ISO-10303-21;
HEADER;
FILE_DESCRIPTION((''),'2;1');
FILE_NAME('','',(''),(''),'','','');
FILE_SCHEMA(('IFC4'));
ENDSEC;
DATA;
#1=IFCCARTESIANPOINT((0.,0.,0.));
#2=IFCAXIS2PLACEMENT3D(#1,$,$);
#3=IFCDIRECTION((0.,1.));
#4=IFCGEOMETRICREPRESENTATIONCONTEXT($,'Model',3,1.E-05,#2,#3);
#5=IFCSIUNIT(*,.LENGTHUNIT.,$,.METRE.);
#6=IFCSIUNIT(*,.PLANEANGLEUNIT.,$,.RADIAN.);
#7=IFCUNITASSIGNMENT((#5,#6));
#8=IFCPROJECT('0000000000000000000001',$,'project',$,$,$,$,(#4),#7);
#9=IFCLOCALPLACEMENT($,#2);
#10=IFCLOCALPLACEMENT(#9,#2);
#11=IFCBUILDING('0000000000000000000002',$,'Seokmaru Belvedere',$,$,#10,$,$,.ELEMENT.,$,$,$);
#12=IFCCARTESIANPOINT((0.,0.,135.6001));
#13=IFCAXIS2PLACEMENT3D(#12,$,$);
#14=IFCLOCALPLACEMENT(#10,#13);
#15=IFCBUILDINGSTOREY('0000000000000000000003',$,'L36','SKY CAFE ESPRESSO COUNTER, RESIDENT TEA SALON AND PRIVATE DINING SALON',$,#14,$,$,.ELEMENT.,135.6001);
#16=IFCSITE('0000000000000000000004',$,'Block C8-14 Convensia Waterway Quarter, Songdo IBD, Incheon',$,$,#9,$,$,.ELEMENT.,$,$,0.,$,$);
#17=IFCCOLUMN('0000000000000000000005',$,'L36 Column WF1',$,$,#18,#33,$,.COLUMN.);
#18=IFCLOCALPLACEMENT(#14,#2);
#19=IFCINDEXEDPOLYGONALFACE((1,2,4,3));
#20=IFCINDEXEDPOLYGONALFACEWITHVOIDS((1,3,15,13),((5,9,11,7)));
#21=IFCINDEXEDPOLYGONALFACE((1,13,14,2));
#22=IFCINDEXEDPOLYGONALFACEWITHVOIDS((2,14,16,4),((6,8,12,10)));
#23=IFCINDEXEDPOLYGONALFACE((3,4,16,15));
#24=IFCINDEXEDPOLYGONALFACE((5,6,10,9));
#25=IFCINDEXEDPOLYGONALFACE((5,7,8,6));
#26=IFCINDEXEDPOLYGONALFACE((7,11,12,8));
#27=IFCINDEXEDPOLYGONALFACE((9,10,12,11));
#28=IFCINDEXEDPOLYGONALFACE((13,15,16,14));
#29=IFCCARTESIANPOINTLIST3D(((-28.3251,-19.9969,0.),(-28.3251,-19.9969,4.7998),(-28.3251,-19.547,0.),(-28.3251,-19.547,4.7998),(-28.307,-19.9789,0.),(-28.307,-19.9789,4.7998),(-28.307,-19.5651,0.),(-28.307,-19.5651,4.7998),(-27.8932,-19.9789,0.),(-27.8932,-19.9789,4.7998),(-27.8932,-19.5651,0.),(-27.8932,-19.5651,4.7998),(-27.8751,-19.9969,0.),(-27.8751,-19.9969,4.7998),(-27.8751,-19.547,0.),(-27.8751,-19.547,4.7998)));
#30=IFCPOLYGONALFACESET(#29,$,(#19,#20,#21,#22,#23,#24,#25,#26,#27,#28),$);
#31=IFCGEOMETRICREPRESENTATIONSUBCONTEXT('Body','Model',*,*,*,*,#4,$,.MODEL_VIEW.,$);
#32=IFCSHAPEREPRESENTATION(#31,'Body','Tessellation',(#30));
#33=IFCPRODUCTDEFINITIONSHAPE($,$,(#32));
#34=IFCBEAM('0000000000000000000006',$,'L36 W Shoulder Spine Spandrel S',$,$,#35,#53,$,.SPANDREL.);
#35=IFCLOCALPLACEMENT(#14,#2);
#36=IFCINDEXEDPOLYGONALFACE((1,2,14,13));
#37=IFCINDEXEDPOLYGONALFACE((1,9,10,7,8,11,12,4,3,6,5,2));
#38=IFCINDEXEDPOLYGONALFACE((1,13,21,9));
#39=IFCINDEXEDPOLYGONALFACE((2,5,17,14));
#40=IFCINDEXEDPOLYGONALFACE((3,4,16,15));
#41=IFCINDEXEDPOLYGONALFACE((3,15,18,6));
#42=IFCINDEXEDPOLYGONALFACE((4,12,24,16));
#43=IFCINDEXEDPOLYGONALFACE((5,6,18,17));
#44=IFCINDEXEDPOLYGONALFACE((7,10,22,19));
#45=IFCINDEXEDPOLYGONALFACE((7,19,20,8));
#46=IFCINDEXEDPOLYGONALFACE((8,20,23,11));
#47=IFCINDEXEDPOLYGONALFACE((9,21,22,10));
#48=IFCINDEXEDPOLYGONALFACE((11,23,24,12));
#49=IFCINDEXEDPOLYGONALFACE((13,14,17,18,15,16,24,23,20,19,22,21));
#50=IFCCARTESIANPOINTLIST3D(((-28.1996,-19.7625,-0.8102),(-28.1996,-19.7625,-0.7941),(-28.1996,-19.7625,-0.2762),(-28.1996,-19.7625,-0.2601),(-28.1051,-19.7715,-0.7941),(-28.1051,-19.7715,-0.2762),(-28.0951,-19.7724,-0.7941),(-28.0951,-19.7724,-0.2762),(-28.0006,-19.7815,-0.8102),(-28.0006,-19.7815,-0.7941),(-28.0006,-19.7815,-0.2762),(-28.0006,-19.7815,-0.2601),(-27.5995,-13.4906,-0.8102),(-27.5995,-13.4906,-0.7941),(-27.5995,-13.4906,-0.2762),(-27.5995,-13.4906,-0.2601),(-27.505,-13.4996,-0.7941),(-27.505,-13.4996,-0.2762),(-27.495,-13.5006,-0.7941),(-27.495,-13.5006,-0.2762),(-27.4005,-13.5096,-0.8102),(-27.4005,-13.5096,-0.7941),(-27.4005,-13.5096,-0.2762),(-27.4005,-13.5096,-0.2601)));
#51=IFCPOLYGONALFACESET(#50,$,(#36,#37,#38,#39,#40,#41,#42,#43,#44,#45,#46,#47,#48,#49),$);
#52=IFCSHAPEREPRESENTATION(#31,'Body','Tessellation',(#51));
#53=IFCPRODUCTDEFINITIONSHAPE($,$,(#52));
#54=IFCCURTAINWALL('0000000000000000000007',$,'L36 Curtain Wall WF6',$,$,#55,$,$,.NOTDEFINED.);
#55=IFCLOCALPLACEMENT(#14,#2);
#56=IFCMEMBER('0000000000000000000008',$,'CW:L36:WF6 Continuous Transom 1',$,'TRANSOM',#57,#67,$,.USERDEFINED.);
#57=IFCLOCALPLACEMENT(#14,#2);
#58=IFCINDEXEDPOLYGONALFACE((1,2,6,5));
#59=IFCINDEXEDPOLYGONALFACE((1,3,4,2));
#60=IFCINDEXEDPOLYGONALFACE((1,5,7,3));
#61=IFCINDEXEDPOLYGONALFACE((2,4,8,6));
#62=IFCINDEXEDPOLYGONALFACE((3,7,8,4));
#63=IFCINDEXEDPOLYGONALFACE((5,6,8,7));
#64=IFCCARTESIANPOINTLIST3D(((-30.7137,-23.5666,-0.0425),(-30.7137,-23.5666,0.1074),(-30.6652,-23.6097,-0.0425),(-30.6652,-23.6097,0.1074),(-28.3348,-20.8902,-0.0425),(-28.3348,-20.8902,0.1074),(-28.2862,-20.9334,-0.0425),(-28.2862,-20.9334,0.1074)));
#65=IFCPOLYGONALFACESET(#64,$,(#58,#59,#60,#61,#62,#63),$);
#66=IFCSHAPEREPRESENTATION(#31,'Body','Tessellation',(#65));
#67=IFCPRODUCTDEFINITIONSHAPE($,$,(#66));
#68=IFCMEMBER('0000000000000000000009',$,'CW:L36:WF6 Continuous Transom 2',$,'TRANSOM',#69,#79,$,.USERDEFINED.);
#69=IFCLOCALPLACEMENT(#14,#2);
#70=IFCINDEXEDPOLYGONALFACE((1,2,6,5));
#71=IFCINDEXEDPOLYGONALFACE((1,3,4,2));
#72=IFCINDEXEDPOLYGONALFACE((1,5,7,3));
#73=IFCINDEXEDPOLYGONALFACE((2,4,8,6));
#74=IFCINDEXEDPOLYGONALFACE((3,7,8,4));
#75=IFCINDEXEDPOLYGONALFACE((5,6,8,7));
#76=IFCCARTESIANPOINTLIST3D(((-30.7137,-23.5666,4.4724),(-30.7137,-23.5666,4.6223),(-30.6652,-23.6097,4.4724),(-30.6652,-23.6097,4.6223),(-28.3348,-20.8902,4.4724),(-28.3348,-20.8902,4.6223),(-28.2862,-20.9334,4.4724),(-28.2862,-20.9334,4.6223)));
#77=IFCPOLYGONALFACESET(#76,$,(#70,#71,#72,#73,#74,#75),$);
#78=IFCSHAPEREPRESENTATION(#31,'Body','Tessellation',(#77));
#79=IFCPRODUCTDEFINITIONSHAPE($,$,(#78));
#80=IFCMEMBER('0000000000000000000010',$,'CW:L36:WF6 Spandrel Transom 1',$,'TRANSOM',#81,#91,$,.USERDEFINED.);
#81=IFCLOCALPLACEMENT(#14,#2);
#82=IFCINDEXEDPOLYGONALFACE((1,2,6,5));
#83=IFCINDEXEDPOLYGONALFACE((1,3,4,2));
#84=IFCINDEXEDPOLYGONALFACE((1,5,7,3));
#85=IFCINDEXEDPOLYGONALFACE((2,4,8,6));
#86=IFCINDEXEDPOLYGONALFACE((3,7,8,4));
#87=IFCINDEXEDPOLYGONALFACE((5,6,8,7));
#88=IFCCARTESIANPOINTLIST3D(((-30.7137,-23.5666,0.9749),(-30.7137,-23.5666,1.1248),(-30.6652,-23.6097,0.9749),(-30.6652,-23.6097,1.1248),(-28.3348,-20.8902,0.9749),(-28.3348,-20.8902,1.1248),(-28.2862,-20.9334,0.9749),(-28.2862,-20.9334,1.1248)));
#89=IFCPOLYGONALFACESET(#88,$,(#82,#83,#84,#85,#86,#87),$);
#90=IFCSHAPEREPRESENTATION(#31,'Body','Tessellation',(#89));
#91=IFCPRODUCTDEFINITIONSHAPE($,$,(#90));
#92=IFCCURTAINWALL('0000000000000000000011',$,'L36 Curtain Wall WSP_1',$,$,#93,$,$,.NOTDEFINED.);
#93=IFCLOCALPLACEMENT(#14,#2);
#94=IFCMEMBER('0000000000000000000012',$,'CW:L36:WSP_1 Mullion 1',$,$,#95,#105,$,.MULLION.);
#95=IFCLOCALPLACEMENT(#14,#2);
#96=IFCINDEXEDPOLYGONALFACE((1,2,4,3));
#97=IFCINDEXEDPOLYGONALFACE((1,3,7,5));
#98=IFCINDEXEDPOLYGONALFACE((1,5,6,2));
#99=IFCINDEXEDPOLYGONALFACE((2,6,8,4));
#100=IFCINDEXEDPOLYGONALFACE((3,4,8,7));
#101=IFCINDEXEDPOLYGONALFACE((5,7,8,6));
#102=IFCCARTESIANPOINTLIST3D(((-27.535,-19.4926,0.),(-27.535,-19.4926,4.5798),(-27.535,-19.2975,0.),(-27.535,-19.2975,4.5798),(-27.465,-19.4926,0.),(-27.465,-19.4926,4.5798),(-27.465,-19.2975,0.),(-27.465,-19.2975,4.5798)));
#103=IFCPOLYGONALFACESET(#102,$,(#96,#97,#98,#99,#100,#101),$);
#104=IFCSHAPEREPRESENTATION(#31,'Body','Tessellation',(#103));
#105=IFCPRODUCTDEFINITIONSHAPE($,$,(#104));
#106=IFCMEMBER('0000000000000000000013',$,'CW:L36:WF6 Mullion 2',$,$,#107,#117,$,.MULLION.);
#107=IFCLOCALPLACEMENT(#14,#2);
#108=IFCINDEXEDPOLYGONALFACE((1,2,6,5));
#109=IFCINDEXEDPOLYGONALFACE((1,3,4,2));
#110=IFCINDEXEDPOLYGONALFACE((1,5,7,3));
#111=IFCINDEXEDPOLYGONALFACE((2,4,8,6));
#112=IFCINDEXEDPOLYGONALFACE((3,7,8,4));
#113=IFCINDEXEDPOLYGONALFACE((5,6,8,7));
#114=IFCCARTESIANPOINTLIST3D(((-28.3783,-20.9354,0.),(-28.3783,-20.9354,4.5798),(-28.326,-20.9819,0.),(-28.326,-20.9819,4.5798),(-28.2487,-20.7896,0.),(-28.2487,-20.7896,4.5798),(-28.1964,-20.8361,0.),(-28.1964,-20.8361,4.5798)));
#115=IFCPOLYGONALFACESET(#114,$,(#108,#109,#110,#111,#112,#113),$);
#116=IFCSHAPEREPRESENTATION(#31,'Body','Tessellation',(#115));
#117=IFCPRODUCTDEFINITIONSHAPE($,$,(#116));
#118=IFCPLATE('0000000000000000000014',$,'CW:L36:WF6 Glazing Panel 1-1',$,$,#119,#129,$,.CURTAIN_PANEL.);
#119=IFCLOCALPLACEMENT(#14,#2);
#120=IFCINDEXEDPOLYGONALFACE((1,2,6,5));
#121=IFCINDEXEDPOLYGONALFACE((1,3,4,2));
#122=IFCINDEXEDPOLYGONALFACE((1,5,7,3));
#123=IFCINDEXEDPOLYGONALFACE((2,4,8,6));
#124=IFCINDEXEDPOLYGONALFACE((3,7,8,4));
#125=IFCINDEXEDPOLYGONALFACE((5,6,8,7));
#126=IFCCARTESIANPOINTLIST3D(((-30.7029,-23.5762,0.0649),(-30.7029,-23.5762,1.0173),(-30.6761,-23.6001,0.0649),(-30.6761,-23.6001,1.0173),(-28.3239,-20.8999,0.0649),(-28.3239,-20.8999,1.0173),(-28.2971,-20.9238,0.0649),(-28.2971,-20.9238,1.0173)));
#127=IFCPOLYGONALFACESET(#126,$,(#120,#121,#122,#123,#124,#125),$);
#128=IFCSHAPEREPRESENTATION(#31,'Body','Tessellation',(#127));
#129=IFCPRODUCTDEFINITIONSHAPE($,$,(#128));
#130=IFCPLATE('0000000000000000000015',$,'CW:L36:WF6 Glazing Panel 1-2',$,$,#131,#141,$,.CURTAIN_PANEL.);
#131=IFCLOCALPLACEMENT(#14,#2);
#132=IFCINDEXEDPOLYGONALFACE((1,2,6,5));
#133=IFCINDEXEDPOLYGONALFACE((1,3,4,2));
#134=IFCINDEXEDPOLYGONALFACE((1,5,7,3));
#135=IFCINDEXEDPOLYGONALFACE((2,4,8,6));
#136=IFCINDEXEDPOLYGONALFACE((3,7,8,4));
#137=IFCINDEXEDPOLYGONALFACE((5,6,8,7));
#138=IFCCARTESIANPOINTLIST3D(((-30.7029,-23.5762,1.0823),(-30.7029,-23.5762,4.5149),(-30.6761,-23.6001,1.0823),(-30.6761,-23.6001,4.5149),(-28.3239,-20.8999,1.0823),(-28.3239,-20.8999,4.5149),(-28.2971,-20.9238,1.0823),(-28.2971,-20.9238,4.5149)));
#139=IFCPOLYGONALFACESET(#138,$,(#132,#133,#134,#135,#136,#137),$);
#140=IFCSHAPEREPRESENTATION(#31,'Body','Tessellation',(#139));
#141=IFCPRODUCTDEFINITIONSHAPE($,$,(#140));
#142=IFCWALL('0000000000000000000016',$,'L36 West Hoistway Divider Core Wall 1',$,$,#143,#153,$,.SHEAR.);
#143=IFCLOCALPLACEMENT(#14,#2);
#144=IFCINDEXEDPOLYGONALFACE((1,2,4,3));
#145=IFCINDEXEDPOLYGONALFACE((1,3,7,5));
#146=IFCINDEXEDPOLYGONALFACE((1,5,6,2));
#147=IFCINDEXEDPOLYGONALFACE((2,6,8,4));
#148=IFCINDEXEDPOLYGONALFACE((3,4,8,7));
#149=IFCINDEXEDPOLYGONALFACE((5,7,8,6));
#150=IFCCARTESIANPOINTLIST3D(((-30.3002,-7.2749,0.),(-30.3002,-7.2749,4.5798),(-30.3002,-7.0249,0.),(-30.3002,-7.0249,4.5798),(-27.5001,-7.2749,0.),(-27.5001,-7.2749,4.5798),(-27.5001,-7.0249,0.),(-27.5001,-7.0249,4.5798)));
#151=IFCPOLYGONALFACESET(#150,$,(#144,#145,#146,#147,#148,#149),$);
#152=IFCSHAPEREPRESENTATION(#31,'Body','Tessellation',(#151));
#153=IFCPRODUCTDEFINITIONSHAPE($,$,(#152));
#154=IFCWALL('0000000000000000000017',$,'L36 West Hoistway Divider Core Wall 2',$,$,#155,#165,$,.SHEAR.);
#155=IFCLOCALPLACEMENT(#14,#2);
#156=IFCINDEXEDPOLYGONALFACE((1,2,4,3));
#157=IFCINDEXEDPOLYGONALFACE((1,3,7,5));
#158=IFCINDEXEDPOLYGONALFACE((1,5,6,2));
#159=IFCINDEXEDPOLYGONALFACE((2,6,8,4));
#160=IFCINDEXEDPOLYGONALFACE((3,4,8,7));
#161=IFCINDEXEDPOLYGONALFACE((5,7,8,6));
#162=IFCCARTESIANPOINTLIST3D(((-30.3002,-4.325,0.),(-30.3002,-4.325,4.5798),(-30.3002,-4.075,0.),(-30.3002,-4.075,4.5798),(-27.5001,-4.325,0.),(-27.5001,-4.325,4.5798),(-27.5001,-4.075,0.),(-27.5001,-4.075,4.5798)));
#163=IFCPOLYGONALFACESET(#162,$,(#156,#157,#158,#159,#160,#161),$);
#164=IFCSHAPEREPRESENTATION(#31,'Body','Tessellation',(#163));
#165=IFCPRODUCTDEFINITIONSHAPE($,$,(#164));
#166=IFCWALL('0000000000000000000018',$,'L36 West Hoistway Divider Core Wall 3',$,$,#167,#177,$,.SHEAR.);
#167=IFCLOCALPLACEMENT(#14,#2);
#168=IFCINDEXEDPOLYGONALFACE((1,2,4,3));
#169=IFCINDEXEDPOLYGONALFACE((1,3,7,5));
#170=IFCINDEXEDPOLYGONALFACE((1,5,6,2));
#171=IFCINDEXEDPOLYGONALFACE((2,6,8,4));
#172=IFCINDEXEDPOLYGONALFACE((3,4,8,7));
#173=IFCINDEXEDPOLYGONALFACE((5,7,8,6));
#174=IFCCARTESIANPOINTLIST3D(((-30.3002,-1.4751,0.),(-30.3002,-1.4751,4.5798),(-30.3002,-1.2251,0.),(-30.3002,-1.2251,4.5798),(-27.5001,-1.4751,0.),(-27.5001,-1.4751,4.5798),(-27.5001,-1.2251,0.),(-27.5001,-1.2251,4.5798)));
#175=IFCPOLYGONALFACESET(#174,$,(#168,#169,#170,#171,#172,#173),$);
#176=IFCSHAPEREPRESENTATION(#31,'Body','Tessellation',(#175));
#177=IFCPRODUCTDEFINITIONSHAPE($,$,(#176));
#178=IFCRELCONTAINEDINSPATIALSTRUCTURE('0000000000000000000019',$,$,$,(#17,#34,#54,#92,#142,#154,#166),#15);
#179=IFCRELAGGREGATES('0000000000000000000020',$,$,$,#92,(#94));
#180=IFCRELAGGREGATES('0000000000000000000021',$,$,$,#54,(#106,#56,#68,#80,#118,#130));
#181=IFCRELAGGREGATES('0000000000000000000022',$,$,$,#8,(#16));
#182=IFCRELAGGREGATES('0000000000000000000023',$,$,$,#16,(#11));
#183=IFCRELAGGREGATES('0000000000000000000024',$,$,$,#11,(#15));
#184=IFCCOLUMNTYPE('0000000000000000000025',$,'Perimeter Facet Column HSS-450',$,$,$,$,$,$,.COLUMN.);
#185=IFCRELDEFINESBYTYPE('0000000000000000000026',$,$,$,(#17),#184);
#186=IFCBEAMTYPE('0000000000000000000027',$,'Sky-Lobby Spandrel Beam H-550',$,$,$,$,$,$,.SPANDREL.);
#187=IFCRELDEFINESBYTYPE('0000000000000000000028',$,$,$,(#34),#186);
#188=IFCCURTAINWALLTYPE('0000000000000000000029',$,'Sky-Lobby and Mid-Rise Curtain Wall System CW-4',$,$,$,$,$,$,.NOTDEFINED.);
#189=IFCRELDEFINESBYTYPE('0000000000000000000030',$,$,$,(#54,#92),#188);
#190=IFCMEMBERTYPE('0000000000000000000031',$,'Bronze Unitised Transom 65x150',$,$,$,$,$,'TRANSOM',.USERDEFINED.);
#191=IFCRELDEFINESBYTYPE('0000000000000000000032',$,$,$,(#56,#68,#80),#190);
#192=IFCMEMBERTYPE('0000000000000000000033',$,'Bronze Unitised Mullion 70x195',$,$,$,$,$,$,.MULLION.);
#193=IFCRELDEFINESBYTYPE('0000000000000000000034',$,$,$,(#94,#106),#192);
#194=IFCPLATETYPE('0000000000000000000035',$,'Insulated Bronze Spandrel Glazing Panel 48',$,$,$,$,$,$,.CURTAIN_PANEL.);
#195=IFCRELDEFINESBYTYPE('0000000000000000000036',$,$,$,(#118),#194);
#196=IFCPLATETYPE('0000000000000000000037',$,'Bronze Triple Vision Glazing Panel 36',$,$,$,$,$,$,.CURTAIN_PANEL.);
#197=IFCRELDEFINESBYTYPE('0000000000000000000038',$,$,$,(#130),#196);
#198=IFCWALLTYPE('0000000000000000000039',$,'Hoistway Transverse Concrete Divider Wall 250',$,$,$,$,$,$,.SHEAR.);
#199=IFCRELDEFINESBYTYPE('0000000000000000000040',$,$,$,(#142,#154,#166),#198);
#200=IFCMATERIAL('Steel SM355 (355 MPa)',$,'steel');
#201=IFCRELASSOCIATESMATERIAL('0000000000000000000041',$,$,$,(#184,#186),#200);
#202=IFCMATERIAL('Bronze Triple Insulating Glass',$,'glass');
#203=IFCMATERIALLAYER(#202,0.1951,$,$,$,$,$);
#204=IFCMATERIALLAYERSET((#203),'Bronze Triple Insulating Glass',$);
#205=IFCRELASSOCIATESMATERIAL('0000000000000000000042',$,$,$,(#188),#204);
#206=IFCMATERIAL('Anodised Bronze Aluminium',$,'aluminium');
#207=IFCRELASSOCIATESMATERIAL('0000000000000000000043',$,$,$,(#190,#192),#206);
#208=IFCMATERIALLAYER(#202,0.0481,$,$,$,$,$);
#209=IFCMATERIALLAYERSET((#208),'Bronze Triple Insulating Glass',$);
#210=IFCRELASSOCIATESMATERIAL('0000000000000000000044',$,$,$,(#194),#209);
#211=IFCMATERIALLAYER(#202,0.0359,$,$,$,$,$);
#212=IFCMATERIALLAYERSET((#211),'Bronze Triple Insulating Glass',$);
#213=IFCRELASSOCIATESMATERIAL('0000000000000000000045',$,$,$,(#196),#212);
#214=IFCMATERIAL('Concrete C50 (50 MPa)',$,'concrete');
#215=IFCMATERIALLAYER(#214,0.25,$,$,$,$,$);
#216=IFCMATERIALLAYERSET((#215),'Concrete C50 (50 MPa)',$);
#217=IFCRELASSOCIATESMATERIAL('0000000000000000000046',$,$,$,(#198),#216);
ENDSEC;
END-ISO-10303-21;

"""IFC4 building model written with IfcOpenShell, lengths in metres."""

from ifc_helpers import new_model, si_unit, direction, frame, frame_2d, origin, origin_2d, place, context, subcontext, project, spatial, rectangle, hollow_rectangle, i_section, extrude, source, transform, mapped, material, layer, layer_set, material_profile, profile_set, type_object, type_shapes, element, aggregate, save


model = new_model("IFC4")

# Units and contexts
model_context = context("Model", 3, precision=1e-05, world=origin(), true_north=direction((0.0, 1.0)))
body_context = subcontext(model_context, "Body", "Model", "MODEL_VIEW")
ifc_project = project(units=[si_unit("LENGTHUNIT", "METRE"), si_unit("PLANEANGLEUNIT", "RADIAN")], contexts=[model_context])

# Site, building, storey
site_placement = place(None, origin())
site = spatial("IfcSite", under=ifc_project, at=site_placement, Name="Block C8-14 Convensia Waterway Quarter, Songdo IBD, Incheon", CompositionType="ELEMENT", RefElevation=0.0)
building_placement = place(site_placement, origin())
building = spatial("IfcBuilding", under=site, at=building_placement, Name="Seokmaru Belvedere", CompositionType="ELEMENT")
storey_placement = place(building_placement, frame((0.0, 0.0, 135.6001)))
storey = spatial("IfcBuildingStorey", under=building, at=storey_placement, Name="L36", Description="SKY CAFE ESPRESSO COUNTER, RESIDENT TEA SALON AND PRIVATE DINING SALON", CompositionType="ELEMENT", Elevation=135.6001)

# Column
ifc_material_1 = material(Name="Steel SM355 (355 MPa)", Category="steel")
ifc_material_profile_1 = material_profile(ifc_material_1, hollow_rectangle(XDim=0.45, YDim=0.45, WallThickness=0.0181, at=origin_2d()), Name="HSS-450x450x18")
ifc_profile_set_1 = profile_set([ifc_material_profile_1], Name="Steel SM355 (355 MPa)")
column_type = type_object("IfcColumnType", Name="Perimeter Facet Column HSS-450", PredefinedType="COLUMN", material=ifc_profile_set_1)
shared_shape_1 = source(origin(), body_context, "Body", "SweptSolid", [
    extrude(hollow_rectangle(XDim=0.45, YDim=0.45, WallThickness=0.0181, at=origin_2d()), origin(), (0.0, 0.0, 1.0), 4.7998),
])
type_shapes(column_type, [shared_shape_1])
column_placement = place(storey_placement, frame((-28.1001, -19.772, 0.0), z_axis=(0.0, 0.0, 1.0), x_axis=(1.0, 0.0, 0.0)))
element("IfcColumn", 1, at=column_placement, inside=storey, type_object=column_type, Name="L36 Column WF1", PredefinedType="COLUMN", context=body_context, shape_type="MappedRepresentation", body=[
    mapped(shared_shape_1, transform((0.0, 0.0, 0.0), scale=1.0)),
])

# Beam
ifc_material_profile_2 = material_profile(ifc_material_1, i_section(OverallWidth=0.2, OverallDepth=0.55, WebThickness=0.01, FlangeThickness=0.0161, at=origin_2d()), Name="H-550x200x10x16")
ifc_profile_set_2 = profile_set([ifc_material_profile_2], Name="Steel SM355 (355 MPa)")
beam_type = type_object("IfcBeamType", Name="Sky-Lobby Spandrel Beam H-550", PredefinedType="SPANDREL", material=ifc_profile_set_2)
shared_shape_2 = source(origin(), body_context, "Body", "SweptSolid", [
    extrude(i_section(OverallWidth=0.2, OverallDepth=0.55, WebThickness=0.01, FlangeThickness=0.0161, at=origin_2d()), origin(), (0.0, 0.0, 1.0), 6.3005),
])
type_shapes(beam_type, [shared_shape_2])
beam_placement = place(storey_placement, frame((-28.1001, -19.772, -0.5352), z_axis=(0.095244, 0.995454, 0.0), x_axis=(-0.995454, 0.095244, 0.0)))
element("IfcBeam", 2, at=beam_placement, inside=storey, type_object=beam_type, Name="L36 W Shoulder Spine Spandrel S", PredefinedType="SPANDREL", context=body_context, shape_type="MappedRepresentation", body=[
    mapped(shared_shape_2, transform((0.0, 0.0, 0.0), scale=1.0)),
])

# Curtain wall, members
ifc_material_2 = material(Name="Bronze Triple Insulating Glass", Category="glass")
ifc_layer_1 = layer(ifc_material_2, 0.1951)
ifc_layer_set_1 = layer_set([ifc_layer_1], Name="Bronze Triple Insulating Glass")
curtain_wall_type = type_object("IfcCurtainWallType", Name="Sky-Lobby and Mid-Rise Curtain Wall System CW-4", PredefinedType="NOTDEFINED", material=ifc_layer_set_1)
curtain_wall_1_placement = place(storey_placement, origin())
curtain_wall_1 = element("IfcCurtainWall", 3, at=curtain_wall_1_placement, inside=storey, type_object=curtain_wall_type, Name="L36 Curtain Wall WF6", PredefinedType="NOTDEFINED")
ifc_material_3 = material(Name="Anodised Bronze Aluminium", Category="aluminium")
ifc_material_profile_3 = material_profile(ifc_material_3, rectangle(XDim=0.0649, YDim=0.1499, at=origin_2d()), Name="CW-T-65x150")
ifc_profile_set_3 = profile_set([ifc_material_profile_3], Name="Anodised Bronze Aluminium")
member_type_1 = type_object("IfcMemberType", Name="Bronze Unitised Transom 65x150", ElementType="TRANSOM", PredefinedType="USERDEFINED", material=ifc_profile_set_3)
shared_shape_3 = source(origin(), body_context, "Body", "SweptSolid", [
    extrude(rectangle(XDim=0.0649, YDim=0.1499, at=origin_2d()), origin(), (0.0, 0.0, 1.0), 3.5808),
])
type_shapes(member_type_1, [shared_shape_3])
member_1_placement = place(storey_placement, frame((-30.6895, -23.5881, 0.0325), z_axis=(0.664364, 0.747409, 0.0), x_axis=(-0.747409, 0.664364, 0.0)))
member_1 = element("IfcMember", 4, at=member_1_placement, type_object=member_type_1, Name="CW:L36:WF6 Continuous Transom 1", ObjectType="TRANSOM", PredefinedType="USERDEFINED", context=body_context, shape_type="MappedRepresentation", body=[
    mapped(shared_shape_3, transform((0.0, 0.0, 0.0), scale=1.0)),
])
member_2_placement = place(storey_placement, frame((-30.6895, -23.5881, 4.5474), z_axis=(0.664364, 0.747409, 0.0), x_axis=(-0.747409, 0.664364, 0.0)))
member_2 = element("IfcMember", 5, at=member_2_placement, type_object=member_type_1, Name="CW:L36:WF6 Continuous Transom 2", ObjectType="TRANSOM", PredefinedType="USERDEFINED", context=body_context, shape_type="MappedRepresentation", body=[
    mapped(shared_shape_3, transform((0.0, 0.0, 0.0), scale=1.0)),
])
member_3_placement = place(storey_placement, frame((-30.6895, -23.5881, 1.0498), z_axis=(0.664364, 0.747409, 0.0), x_axis=(-0.747409, 0.664364, 0.0)))
member_3 = element("IfcMember", 6, at=member_3_placement, type_object=member_type_1, Name="CW:L36:WF6 Spandrel Transom 1", ObjectType="TRANSOM", PredefinedType="USERDEFINED", context=body_context, shape_type="MappedRepresentation", body=[
    mapped(shared_shape_3, transform((0.0, 0.0, 0.0), scale=1.0)),
])

# Curtain wall, member
curtain_wall_2_placement = place(storey_placement, origin())
curtain_wall_2 = element("IfcCurtainWall", 7, at=curtain_wall_2_placement, inside=storey, type_object=curtain_wall_type, Name="L36 Curtain Wall WSP_1", PredefinedType="NOTDEFINED")
ifc_material_profile_4 = material_profile(ifc_material_3, rectangle(XDim=0.0701, YDim=0.1951, at=origin_2d()), Name="CW-M-70x195")
ifc_profile_set_4 = profile_set([ifc_material_profile_4], Name="Anodised Bronze Aluminium")
member_type_2 = type_object("IfcMemberType", Name="Bronze Unitised Mullion 70x195", PredefinedType="MULLION", material=ifc_profile_set_4)
shared_shape_4 = source(origin(), body_context, "Body", "SweptSolid", [
    extrude(rectangle(XDim=0.0701, YDim=0.1951, at=origin_2d()), origin(), (0.0, 0.0, 1.0), 4.5798),
])
type_shapes(member_type_2, [shared_shape_4])
member_4_placement = place(storey_placement, frame((-27.5, -19.395, 0.0), z_axis=(0.0, 0.0, 1.0), x_axis=(-1.0, 0.0, 0.0)))
member_4 = element("IfcMember", 8, at=member_4_placement, type_object=member_type_2, Name="CW:L36:WSP_1 Mullion 1", PredefinedType="MULLION", context=body_context, shape_type="MappedRepresentation", body=[
    mapped(shared_shape_4, transform((0.0, 0.0, 0.0), scale=1.0)),
])
aggregate(curtain_wall_2, [member_4])

# Member
member_5_placement = place(storey_placement, frame((-28.2874, -20.8857, 0.0), z_axis=(0.0, 0.0, 1.0), x_axis=(-0.74741, 0.664363, 0.0)))
member_5 = element("IfcMember", 9, at=member_5_placement, type_object=member_type_2, Name="CW:L36:WF6 Mullion 2", PredefinedType="MULLION", context=body_context, shape_type="MappedRepresentation", body=[
    mapped(shared_shape_4, transform((0.0, 0.0, 0.0), scale=1.0)),
])

# Plates
ifc_layer_2 = layer(ifc_material_2, 0.0481)
ifc_layer_set_2 = layer_set([ifc_layer_2], Name="Bronze Triple Insulating Glass")
plate_type_1 = type_object("IfcPlateType", Name="Insulated Bronze Spandrel Glazing Panel 48", PredefinedType="CURTAIN_PANEL", material=ifc_layer_set_2)
shared_shape_5 = source(origin(), body_context, "Body", "SweptSolid", [
    extrude(rectangle(XDim=3.5808, YDim=0.0359, at=origin_2d()), origin(), (0.0, 0.0, 1.0), 0.9524),
])
type_shapes(plate_type_1, [shared_shape_5])
plate_1_placement = place(storey_placement, frame((-29.5, -22.25, 0.0649), z_axis=(0.0, 0.0, 1.0), x_axis=(0.664363, 0.74741, 0.0)))
plate_1 = element("IfcPlate", 10, at=plate_1_placement, type_object=plate_type_1, Name="CW:L36:WF6 Glazing Panel 1-1", PredefinedType="CURTAIN_PANEL", context=body_context, shape_type="MappedRepresentation", body=[
    mapped(shared_shape_5, transform((0.0, 0.0, 0.0), scale=1.0)),
])
ifc_layer_3 = layer(ifc_material_2, 0.0359)
ifc_layer_set_3 = layer_set([ifc_layer_3], Name="Bronze Triple Insulating Glass")
plate_type_2 = type_object("IfcPlateType", Name="Bronze Triple Vision Glazing Panel 36", PredefinedType="CURTAIN_PANEL", material=ifc_layer_set_3)
shared_shape_6 = source(origin(), body_context, "Body", "SweptSolid", [
    extrude(rectangle(XDim=3.5808, YDim=0.0359, at=origin_2d()), origin(), (0.0, 0.0, 1.0), 3.4326),
])
type_shapes(plate_type_2, [shared_shape_6])
plate_2_placement = place(storey_placement, frame((-29.5, -22.25, 1.0823), z_axis=(0.0, 0.0, 1.0), x_axis=(0.664363, 0.74741, 0.0)))
plate_2 = element("IfcPlate", 11, at=plate_2_placement, type_object=plate_type_2, Name="CW:L36:WF6 Glazing Panel 1-2", PredefinedType="CURTAIN_PANEL", context=body_context, shape_type="MappedRepresentation", body=[
    mapped(shared_shape_6, transform((0.0, 0.0, 0.0), scale=1.0)),
])
aggregate(curtain_wall_1, [member_5, member_1, member_2, member_3, plate_1, plate_2])

# Walls
ifc_material_4 = material(Name="Concrete C50 (50 MPa)", Category="concrete")
ifc_layer_4 = layer(ifc_material_4, 0.25)
ifc_layer_set_4 = layer_set([ifc_layer_4], Name="Concrete C50 (50 MPa)")
wall_type_1 = type_object("IfcWallType", Name="Hoistway Transverse Concrete Divider Wall 250", PredefinedType="SHEAR", material=ifc_layer_set_4)
for number, where, z_axis, x_axis, name in (
    (12, (-30.3, -7.1499, 0.0), (0.0, 0.0, 1.0), (1.0, 0.0, 0.0), "L36 West Hoistway Divider Core Wall 1"),
    (13, (-30.3, -4.2, 0.0), (0.0, 0.0, 1.0), (1.0, 0.0, 0.0), "L36 West Hoistway Divider Core Wall 2"),
    (14, (-30.3, -1.3501, 0.0), (0.0, 0.0, 1.0), (1.0, 0.0, 0.0), "L36 West Hoistway Divider Core Wall 3"),
):
    element("IfcWall", number, at=place(storey_placement, frame(where, z_axis=z_axis, x_axis=x_axis)), inside=storey, type_object=wall_type_1, Name=name, PredefinedType="SHEAR", context=body_context, shape_type="SweptSolid", body=[
        extrude(rectangle(XDim=2.8, YDim=0.25, at=frame_2d((1.3999, 0.0))), origin(), (0.0, 0.0, 1.0), 4.5798),
    ])

save(model, "model.ifc")
